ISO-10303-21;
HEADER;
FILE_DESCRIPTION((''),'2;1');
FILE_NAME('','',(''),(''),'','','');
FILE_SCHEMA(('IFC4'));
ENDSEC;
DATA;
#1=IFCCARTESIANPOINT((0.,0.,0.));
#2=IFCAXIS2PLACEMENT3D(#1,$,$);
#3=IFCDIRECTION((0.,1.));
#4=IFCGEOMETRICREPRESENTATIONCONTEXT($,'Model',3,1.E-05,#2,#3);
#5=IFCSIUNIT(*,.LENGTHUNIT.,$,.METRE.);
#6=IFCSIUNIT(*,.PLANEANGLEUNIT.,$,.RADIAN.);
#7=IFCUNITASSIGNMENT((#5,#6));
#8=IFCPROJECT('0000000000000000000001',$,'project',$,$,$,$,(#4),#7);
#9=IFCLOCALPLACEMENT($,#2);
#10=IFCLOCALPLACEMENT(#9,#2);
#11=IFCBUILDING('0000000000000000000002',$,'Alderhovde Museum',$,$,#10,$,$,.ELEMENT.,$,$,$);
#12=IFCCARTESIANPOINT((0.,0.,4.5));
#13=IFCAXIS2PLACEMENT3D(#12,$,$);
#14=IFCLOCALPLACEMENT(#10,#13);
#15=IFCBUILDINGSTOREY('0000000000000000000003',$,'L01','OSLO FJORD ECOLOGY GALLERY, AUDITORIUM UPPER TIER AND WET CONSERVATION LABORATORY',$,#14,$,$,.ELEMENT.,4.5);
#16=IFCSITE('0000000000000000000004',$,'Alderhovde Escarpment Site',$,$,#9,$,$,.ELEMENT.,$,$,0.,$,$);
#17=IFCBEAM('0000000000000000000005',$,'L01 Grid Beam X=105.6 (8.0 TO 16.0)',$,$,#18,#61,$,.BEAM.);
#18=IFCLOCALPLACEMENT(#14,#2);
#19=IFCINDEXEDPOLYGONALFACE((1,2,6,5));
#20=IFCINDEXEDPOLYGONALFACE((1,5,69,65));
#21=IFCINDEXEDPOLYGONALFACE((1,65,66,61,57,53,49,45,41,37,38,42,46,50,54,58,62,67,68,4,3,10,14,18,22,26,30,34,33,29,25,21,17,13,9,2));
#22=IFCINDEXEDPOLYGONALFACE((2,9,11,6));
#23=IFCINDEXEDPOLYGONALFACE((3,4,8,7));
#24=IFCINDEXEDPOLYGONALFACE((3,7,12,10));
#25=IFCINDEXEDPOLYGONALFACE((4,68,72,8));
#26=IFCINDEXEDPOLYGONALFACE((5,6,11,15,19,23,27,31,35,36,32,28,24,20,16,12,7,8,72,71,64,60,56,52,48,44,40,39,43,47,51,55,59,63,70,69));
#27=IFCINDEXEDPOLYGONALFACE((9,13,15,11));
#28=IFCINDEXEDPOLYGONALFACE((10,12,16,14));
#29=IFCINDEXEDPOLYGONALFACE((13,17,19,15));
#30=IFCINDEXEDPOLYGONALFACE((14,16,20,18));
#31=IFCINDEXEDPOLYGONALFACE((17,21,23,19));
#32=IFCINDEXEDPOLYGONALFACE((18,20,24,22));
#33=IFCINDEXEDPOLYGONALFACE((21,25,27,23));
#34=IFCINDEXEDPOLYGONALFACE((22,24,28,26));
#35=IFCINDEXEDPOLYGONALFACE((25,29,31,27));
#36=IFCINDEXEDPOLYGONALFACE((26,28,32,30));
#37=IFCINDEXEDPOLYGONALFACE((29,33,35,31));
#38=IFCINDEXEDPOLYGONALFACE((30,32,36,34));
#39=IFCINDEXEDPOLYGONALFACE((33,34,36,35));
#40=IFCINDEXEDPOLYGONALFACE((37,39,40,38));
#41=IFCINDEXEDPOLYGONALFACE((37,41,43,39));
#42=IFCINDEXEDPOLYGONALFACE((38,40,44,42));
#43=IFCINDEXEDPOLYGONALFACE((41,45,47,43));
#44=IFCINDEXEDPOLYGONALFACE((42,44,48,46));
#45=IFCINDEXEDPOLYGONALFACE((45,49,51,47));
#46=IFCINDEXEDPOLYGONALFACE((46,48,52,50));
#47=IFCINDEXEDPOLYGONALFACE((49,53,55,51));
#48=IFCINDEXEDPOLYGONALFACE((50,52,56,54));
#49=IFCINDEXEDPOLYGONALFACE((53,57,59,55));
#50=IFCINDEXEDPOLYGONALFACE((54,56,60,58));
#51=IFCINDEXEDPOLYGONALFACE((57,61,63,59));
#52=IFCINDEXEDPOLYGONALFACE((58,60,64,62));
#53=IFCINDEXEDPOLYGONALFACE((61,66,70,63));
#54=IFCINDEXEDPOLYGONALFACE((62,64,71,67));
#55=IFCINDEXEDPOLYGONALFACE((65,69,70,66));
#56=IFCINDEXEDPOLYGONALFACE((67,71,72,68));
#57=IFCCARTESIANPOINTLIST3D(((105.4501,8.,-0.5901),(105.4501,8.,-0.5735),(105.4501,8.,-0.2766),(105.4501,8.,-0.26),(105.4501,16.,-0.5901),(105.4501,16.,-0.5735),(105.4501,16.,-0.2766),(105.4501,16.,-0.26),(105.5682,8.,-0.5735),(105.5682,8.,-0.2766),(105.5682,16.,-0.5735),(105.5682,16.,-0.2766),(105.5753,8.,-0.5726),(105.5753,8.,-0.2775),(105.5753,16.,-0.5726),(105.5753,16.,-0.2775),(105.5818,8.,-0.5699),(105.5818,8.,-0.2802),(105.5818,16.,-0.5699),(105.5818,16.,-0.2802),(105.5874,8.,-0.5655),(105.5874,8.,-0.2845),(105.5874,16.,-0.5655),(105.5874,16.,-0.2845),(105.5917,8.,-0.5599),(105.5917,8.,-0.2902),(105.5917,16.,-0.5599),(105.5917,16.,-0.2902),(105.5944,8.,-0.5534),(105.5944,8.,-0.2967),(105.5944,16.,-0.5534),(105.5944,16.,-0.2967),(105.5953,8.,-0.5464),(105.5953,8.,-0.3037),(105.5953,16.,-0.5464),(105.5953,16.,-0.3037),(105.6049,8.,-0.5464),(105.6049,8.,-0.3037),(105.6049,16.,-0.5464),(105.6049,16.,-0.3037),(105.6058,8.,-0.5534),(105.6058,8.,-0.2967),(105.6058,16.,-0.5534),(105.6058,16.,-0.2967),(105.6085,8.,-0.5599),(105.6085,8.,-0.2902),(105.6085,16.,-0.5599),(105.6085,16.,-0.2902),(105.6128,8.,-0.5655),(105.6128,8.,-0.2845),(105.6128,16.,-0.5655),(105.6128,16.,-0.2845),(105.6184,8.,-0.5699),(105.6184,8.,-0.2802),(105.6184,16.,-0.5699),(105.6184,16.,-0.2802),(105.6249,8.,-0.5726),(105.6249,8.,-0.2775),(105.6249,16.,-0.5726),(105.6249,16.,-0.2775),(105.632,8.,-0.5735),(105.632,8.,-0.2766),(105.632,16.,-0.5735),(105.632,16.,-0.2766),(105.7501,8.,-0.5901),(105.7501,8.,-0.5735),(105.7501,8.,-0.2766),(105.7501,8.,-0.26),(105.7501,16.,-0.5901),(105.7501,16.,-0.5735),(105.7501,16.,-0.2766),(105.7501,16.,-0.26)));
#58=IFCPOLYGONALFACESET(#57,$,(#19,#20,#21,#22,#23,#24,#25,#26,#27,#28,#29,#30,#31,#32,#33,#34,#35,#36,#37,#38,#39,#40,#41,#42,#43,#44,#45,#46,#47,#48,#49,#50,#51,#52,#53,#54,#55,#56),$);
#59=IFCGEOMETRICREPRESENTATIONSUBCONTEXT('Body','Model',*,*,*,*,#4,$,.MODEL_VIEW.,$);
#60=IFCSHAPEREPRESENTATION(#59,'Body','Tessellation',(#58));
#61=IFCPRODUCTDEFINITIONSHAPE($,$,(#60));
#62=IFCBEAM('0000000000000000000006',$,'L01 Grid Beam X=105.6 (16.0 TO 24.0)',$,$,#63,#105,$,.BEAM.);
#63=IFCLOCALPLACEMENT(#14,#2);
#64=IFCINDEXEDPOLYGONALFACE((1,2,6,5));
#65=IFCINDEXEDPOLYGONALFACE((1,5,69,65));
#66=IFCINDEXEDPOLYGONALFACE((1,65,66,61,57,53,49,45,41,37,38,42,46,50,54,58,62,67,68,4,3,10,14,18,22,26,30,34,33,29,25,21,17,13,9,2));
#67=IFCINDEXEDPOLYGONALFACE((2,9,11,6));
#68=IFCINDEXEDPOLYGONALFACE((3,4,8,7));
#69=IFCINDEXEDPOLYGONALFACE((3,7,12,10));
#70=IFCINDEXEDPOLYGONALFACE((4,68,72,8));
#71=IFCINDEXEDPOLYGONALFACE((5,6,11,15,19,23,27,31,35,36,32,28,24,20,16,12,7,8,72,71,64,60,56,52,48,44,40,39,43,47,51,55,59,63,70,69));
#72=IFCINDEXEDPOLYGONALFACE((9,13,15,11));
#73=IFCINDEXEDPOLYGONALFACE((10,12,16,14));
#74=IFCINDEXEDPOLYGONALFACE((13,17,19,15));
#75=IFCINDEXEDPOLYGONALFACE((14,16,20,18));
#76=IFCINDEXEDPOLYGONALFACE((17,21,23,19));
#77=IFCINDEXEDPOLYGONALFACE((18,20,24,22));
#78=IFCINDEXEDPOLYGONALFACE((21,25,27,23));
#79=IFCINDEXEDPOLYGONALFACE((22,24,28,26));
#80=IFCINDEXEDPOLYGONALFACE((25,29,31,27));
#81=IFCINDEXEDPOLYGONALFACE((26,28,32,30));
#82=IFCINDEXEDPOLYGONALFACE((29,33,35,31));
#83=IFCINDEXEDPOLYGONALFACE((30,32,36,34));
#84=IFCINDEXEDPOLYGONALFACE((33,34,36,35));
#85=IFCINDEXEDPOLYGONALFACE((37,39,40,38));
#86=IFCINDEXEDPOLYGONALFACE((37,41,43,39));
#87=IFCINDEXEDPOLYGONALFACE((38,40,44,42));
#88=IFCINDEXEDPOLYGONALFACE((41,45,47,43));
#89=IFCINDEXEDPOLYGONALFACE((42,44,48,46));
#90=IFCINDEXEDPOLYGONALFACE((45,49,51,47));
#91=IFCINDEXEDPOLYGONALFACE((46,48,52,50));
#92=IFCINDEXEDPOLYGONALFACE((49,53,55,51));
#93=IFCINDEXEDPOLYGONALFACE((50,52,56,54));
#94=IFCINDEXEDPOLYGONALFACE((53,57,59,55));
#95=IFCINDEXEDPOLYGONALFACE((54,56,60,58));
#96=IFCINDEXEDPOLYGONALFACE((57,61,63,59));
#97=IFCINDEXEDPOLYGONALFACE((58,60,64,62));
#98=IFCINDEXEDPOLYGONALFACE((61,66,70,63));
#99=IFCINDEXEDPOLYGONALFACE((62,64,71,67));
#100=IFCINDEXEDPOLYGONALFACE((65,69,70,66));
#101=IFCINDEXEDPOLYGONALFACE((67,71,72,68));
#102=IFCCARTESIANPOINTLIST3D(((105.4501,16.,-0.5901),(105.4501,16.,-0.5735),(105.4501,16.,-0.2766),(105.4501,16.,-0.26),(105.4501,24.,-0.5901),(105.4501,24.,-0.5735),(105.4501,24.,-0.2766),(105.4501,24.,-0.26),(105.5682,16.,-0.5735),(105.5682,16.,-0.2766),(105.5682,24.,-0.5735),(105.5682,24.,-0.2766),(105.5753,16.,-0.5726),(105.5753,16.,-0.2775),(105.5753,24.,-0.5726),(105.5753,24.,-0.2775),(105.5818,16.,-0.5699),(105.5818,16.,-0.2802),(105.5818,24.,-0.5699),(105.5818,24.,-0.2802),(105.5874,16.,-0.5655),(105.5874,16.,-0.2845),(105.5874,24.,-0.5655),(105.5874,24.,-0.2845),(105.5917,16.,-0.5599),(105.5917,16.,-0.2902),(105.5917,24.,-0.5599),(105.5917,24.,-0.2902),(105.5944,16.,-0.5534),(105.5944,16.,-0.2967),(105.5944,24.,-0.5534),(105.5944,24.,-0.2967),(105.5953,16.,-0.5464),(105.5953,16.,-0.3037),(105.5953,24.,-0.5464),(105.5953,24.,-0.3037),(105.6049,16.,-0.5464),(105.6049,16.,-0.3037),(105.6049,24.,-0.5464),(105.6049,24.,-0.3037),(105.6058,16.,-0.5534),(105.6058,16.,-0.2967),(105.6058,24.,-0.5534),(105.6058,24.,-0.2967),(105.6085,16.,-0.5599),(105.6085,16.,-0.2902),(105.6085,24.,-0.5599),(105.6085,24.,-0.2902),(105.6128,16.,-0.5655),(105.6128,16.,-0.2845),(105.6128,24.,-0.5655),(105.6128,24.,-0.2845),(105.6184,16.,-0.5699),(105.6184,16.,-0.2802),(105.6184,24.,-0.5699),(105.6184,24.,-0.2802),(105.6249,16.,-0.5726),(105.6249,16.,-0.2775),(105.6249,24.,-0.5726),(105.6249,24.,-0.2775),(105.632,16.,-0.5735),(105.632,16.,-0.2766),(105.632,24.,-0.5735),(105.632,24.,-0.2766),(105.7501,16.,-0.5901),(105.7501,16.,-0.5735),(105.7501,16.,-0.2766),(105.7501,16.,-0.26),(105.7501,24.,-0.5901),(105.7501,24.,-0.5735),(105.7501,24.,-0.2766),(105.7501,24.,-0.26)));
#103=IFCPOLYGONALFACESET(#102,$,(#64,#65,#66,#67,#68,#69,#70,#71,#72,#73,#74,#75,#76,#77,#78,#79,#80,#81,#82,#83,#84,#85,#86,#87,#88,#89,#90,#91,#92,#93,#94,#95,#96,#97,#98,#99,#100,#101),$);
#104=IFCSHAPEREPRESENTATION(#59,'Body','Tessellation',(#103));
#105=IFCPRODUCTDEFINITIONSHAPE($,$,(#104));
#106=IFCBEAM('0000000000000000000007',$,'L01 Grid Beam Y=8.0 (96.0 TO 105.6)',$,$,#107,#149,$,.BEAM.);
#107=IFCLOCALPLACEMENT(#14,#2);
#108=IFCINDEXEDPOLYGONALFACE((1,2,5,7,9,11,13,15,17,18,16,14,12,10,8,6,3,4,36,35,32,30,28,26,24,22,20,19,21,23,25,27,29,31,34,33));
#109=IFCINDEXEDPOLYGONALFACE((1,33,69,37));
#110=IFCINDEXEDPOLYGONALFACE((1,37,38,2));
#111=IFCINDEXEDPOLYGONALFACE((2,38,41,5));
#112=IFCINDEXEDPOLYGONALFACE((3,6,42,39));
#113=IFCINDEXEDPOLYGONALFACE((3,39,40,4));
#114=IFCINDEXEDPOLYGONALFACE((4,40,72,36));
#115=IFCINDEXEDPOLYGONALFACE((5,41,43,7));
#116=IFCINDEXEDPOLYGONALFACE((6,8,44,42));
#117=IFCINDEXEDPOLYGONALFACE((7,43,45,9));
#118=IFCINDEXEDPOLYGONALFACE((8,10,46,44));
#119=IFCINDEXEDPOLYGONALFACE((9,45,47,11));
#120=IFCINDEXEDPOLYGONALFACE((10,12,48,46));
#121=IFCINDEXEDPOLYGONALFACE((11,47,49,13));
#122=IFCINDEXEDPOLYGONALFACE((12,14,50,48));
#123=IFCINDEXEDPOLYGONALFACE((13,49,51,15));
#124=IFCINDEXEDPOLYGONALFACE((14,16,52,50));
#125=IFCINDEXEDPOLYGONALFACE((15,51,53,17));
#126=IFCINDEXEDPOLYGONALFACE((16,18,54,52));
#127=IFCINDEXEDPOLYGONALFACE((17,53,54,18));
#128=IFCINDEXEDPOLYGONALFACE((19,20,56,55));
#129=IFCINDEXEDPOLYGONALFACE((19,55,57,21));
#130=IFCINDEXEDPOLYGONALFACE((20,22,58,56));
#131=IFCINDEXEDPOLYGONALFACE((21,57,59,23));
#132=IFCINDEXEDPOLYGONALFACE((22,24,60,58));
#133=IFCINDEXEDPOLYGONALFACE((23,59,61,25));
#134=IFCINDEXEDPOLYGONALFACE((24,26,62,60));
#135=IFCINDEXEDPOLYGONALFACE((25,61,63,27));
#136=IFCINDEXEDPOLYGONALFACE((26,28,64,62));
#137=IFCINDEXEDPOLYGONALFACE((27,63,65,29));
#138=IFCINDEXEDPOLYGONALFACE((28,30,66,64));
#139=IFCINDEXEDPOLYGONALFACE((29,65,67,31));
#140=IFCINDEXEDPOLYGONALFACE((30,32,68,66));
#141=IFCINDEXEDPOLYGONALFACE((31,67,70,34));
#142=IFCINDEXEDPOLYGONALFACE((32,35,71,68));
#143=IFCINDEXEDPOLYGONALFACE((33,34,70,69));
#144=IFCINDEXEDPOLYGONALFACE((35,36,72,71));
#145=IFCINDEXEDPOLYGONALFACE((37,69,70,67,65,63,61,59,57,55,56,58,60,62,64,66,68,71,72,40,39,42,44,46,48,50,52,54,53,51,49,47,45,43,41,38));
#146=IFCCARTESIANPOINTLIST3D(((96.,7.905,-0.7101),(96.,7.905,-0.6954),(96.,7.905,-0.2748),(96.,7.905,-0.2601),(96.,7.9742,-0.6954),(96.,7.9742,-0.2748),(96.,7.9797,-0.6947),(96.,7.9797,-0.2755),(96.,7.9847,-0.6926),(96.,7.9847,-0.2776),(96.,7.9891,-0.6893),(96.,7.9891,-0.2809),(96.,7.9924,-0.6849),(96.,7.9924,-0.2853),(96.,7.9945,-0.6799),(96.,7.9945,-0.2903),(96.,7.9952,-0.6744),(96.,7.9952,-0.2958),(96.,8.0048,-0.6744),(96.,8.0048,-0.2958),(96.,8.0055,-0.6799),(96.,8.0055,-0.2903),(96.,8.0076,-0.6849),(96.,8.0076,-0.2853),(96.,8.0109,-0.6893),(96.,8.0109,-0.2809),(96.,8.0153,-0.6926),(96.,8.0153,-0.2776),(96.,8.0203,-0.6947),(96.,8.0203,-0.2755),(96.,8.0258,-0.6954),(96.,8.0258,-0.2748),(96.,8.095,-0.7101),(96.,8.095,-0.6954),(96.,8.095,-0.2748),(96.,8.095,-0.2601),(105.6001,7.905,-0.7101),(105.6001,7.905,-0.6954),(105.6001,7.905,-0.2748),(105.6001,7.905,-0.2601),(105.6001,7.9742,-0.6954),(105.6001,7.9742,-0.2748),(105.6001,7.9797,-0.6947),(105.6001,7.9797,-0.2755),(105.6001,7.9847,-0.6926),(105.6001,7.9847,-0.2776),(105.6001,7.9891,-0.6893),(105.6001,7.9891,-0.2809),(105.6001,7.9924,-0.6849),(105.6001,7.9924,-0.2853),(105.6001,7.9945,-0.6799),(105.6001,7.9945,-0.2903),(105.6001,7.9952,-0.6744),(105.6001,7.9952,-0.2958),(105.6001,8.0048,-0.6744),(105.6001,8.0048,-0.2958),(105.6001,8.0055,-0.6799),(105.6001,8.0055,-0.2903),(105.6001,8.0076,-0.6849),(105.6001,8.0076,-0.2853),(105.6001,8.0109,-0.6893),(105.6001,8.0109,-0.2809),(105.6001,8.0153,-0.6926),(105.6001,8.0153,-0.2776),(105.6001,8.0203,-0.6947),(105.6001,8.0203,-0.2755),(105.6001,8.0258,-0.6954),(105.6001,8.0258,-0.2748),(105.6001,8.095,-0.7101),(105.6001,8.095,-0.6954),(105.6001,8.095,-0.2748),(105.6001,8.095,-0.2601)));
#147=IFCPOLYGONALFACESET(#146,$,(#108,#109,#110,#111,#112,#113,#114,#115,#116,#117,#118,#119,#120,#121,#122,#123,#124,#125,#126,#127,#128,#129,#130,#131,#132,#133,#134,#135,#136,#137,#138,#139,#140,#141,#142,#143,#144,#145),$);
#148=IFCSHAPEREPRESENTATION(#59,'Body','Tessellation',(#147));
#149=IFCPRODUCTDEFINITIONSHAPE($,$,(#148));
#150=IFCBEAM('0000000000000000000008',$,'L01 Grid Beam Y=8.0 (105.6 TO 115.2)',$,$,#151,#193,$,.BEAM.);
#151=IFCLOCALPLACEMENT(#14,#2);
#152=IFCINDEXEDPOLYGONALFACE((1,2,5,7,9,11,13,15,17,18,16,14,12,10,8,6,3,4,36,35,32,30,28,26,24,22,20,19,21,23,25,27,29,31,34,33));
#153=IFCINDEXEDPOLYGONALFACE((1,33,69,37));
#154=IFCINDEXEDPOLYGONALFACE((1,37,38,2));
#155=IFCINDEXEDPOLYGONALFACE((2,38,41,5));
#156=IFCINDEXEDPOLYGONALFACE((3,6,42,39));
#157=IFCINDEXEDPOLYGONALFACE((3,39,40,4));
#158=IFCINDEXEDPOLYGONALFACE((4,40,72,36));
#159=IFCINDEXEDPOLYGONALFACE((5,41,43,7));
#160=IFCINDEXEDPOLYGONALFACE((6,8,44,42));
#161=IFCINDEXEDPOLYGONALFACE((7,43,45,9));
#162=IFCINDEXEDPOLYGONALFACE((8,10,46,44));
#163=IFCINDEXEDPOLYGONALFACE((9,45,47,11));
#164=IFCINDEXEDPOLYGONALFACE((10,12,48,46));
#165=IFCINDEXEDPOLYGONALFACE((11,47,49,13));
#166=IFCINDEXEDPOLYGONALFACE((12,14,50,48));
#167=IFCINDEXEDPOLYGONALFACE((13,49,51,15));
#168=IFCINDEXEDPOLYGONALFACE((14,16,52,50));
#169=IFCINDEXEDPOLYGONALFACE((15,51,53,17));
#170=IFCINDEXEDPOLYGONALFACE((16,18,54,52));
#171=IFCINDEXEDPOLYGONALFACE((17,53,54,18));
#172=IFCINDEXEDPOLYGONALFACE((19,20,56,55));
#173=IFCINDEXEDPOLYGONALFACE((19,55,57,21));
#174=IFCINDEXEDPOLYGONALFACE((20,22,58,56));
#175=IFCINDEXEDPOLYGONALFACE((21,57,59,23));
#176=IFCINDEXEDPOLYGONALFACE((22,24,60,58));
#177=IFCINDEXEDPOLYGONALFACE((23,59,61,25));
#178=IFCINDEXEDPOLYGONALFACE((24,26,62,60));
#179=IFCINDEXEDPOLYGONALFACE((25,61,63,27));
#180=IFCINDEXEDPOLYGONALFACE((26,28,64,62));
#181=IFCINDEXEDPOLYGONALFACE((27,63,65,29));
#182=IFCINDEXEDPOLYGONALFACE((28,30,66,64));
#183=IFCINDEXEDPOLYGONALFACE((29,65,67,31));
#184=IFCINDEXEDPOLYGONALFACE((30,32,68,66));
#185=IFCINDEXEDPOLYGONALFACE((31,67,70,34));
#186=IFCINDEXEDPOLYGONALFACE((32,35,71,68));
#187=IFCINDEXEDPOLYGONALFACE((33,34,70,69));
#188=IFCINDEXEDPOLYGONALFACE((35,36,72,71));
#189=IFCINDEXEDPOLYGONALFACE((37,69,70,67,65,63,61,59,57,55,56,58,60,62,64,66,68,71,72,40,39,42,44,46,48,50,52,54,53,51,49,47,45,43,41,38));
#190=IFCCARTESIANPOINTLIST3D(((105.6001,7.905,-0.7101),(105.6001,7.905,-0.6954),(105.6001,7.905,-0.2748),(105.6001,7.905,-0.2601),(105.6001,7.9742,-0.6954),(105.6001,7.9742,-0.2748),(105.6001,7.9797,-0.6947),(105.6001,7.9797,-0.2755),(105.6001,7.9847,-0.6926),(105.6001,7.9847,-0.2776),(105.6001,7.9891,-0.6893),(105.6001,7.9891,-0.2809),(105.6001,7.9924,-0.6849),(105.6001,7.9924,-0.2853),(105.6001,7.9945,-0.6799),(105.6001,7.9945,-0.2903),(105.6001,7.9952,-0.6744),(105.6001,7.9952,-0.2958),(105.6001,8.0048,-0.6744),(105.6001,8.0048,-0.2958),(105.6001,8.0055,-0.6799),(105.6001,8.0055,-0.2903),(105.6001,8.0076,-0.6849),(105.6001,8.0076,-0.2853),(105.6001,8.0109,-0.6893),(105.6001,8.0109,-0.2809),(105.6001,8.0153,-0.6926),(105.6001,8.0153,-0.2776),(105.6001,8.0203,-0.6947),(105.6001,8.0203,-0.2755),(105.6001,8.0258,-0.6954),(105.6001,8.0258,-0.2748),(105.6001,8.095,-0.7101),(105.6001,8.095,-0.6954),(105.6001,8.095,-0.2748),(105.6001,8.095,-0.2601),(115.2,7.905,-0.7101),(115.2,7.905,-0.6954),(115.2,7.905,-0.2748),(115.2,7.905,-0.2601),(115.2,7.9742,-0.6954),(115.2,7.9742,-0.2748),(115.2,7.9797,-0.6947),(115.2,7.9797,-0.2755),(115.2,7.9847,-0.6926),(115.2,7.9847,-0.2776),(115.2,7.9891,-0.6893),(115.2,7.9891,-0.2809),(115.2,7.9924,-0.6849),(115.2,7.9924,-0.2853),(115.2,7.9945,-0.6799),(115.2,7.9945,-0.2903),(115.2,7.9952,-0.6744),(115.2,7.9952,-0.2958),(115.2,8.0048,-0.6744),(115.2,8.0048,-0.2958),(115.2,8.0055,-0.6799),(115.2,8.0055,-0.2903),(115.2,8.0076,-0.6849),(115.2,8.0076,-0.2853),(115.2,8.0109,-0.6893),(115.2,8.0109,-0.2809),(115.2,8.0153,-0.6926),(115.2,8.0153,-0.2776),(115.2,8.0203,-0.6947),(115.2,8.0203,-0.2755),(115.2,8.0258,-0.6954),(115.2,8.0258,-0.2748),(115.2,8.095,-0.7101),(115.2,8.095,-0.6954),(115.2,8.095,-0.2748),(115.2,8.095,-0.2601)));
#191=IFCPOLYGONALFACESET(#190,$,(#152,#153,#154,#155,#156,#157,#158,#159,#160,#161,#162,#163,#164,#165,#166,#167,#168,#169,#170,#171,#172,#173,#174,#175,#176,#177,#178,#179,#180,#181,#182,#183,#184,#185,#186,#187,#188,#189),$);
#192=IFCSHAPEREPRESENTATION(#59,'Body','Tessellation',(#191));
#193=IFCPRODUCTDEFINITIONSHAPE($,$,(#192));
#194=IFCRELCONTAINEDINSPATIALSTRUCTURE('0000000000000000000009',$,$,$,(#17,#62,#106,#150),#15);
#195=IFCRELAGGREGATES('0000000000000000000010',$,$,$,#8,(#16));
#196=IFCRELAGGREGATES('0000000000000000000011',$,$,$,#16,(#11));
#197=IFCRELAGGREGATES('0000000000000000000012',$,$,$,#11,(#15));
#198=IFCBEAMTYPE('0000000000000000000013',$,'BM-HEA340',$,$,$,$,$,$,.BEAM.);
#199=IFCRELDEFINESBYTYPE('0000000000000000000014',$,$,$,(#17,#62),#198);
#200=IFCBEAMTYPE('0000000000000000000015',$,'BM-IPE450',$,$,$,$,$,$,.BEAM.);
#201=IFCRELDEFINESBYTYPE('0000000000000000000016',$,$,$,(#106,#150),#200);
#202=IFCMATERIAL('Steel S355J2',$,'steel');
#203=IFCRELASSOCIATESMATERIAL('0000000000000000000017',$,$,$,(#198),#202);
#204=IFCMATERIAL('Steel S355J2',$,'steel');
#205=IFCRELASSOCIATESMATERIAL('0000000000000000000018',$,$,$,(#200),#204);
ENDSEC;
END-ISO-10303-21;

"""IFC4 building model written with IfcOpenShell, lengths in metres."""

from ifc_helpers import new_model, si_unit, direction, frame, origin, origin_2d, place, context, subcontext, project, spatial, i_section, extrude, material, material_profile, profile_set, type_object, element, save


model = new_model("IFC4")

# Units and contexts
model_context = context("Model", 3, precision=1e-05, world=origin(), true_north=direction((0.0, 1.0)))
body_context = subcontext(model_context, "Body", "Model", "MODEL_VIEW")
ifc_project = project(units=[si_unit("LENGTHUNIT", "METRE"), si_unit("PLANEANGLEUNIT", "RADIAN")], contexts=[model_context])

# Site, building, storey
site_placement = place(None, origin())
site = spatial("IfcSite", under=ifc_project, at=site_placement, Name="Alderhovde Escarpment Site", CompositionType="ELEMENT", RefElevation=0.0)
building_placement = place(site_placement, origin())
building = spatial("IfcBuilding", under=site, at=building_placement, Name="Alderhovde Museum", CompositionType="ELEMENT")
storey_placement = place(building_placement, frame((0.0, 0.0, 4.5)))
storey = spatial("IfcBuildingStorey", under=building, at=storey_placement, Name="L01", Description="OSLO FJORD ECOLOGY GALLERY, AUDITORIUM UPPER TIER AND WET CONSERVATION LABORATORY", CompositionType="ELEMENT", Elevation=4.5)

# Beams
ifc_material_1 = material(Name="Steel S355J2", Category="steel")
ifc_material_profile_1 = material_profile(ifc_material_1, i_section(OverallWidth=0.3, OverallDepth=0.3301, WebThickness=0.0095, FlangeThickness=0.0166, FilletRadius=0.0271, at=origin_2d()), Name="HEA 340")
ifc_profile_set_1 = profile_set([ifc_material_profile_1], Name="Steel S355J2")
beam_type_1 = type_object("IfcBeamType", Name="BM-HEA340", PredefinedType="BEAM", material=ifc_profile_set_1)
for number, where, z_axis, x_axis, name in (
    (1, (105.6001, 8.0, -0.425), (0.0, 1.0, 0.0), (-1.0, 0.0, 0.0), "L01 Grid Beam X=105.6 (8.0 TO 16.0)"),
    (2, (105.6001, 16.0, -0.425), (0.0, 1.0, 0.0), (-1.0, 0.0, 0.0), "L01 Grid Beam X=105.6 (16.0 TO 24.0)"),
):
    element("IfcBeam", number, at=place(storey_placement, frame(where, z_axis=z_axis, x_axis=x_axis)), inside=storey, type_object=beam_type_1, Name=name, PredefinedType="BEAM", context=body_context, shape_type="SweptSolid", body=[
        extrude(i_section(OverallWidth=0.3, OverallDepth=0.3301, WebThickness=0.0095, FlangeThickness=0.0166, FilletRadius=0.0271, at=origin_2d()), origin(), (0.0, 0.0, 1.0), 8.0),
    ])
ifc_material_2 = material(Name="Steel S355J2", Category="steel")
ifc_material_profile_2 = material_profile(ifc_material_2, i_section(OverallWidth=0.1899, OverallDepth=0.45, WebThickness=0.0095, FlangeThickness=0.0146, FilletRadius=0.021, at=origin_2d()), Name="IPE 450")
ifc_profile_set_2 = profile_set([ifc_material_profile_2], Name="Steel S355J2")
beam_type_2 = type_object("IfcBeamType", Name="BM-IPE450", PredefinedType="BEAM", material=ifc_profile_set_2)
beam_1_placement = place(storey_placement, frame((96.0, 8.0, -0.4851), z_axis=(1.0, 0.0, 0.0), x_axis=(0.0, 1.0, 0.0)))
element("IfcBeam", 3, at=beam_1_placement, inside=storey, type_object=beam_type_2, Name="L01 Grid Beam Y=8.0 (96.0 TO 105.6)", PredefinedType="BEAM", context=body_context, shape_type="SweptSolid", body=[
    extrude(i_section(OverallWidth=0.1899, OverallDepth=0.45, WebThickness=0.0095, FlangeThickness=0.0146, FilletRadius=0.021, at=origin_2d()), origin(), (0.0, 0.0, 1.0), 9.6001),
])
beam_2_placement = place(storey_placement, frame((105.6001, 8.0, -0.4851), z_axis=(1.0, 0.0, 0.0), x_axis=(0.0, 1.0, 0.0)))
element("IfcBeam", 4, at=beam_2_placement, inside=storey, type_object=beam_type_2, Name="L01 Grid Beam Y=8.0 (105.6 TO 115.2)", PredefinedType="BEAM", context=body_context, shape_type="SweptSolid", body=[
    extrude(i_section(OverallWidth=0.1899, OverallDepth=0.45, WebThickness=0.0095, FlangeThickness=0.0146, FilletRadius=0.021, at=origin_2d()), origin(), (0.0, 0.0, 1.0), 9.5999),
])

save(model, "model.ifc")
